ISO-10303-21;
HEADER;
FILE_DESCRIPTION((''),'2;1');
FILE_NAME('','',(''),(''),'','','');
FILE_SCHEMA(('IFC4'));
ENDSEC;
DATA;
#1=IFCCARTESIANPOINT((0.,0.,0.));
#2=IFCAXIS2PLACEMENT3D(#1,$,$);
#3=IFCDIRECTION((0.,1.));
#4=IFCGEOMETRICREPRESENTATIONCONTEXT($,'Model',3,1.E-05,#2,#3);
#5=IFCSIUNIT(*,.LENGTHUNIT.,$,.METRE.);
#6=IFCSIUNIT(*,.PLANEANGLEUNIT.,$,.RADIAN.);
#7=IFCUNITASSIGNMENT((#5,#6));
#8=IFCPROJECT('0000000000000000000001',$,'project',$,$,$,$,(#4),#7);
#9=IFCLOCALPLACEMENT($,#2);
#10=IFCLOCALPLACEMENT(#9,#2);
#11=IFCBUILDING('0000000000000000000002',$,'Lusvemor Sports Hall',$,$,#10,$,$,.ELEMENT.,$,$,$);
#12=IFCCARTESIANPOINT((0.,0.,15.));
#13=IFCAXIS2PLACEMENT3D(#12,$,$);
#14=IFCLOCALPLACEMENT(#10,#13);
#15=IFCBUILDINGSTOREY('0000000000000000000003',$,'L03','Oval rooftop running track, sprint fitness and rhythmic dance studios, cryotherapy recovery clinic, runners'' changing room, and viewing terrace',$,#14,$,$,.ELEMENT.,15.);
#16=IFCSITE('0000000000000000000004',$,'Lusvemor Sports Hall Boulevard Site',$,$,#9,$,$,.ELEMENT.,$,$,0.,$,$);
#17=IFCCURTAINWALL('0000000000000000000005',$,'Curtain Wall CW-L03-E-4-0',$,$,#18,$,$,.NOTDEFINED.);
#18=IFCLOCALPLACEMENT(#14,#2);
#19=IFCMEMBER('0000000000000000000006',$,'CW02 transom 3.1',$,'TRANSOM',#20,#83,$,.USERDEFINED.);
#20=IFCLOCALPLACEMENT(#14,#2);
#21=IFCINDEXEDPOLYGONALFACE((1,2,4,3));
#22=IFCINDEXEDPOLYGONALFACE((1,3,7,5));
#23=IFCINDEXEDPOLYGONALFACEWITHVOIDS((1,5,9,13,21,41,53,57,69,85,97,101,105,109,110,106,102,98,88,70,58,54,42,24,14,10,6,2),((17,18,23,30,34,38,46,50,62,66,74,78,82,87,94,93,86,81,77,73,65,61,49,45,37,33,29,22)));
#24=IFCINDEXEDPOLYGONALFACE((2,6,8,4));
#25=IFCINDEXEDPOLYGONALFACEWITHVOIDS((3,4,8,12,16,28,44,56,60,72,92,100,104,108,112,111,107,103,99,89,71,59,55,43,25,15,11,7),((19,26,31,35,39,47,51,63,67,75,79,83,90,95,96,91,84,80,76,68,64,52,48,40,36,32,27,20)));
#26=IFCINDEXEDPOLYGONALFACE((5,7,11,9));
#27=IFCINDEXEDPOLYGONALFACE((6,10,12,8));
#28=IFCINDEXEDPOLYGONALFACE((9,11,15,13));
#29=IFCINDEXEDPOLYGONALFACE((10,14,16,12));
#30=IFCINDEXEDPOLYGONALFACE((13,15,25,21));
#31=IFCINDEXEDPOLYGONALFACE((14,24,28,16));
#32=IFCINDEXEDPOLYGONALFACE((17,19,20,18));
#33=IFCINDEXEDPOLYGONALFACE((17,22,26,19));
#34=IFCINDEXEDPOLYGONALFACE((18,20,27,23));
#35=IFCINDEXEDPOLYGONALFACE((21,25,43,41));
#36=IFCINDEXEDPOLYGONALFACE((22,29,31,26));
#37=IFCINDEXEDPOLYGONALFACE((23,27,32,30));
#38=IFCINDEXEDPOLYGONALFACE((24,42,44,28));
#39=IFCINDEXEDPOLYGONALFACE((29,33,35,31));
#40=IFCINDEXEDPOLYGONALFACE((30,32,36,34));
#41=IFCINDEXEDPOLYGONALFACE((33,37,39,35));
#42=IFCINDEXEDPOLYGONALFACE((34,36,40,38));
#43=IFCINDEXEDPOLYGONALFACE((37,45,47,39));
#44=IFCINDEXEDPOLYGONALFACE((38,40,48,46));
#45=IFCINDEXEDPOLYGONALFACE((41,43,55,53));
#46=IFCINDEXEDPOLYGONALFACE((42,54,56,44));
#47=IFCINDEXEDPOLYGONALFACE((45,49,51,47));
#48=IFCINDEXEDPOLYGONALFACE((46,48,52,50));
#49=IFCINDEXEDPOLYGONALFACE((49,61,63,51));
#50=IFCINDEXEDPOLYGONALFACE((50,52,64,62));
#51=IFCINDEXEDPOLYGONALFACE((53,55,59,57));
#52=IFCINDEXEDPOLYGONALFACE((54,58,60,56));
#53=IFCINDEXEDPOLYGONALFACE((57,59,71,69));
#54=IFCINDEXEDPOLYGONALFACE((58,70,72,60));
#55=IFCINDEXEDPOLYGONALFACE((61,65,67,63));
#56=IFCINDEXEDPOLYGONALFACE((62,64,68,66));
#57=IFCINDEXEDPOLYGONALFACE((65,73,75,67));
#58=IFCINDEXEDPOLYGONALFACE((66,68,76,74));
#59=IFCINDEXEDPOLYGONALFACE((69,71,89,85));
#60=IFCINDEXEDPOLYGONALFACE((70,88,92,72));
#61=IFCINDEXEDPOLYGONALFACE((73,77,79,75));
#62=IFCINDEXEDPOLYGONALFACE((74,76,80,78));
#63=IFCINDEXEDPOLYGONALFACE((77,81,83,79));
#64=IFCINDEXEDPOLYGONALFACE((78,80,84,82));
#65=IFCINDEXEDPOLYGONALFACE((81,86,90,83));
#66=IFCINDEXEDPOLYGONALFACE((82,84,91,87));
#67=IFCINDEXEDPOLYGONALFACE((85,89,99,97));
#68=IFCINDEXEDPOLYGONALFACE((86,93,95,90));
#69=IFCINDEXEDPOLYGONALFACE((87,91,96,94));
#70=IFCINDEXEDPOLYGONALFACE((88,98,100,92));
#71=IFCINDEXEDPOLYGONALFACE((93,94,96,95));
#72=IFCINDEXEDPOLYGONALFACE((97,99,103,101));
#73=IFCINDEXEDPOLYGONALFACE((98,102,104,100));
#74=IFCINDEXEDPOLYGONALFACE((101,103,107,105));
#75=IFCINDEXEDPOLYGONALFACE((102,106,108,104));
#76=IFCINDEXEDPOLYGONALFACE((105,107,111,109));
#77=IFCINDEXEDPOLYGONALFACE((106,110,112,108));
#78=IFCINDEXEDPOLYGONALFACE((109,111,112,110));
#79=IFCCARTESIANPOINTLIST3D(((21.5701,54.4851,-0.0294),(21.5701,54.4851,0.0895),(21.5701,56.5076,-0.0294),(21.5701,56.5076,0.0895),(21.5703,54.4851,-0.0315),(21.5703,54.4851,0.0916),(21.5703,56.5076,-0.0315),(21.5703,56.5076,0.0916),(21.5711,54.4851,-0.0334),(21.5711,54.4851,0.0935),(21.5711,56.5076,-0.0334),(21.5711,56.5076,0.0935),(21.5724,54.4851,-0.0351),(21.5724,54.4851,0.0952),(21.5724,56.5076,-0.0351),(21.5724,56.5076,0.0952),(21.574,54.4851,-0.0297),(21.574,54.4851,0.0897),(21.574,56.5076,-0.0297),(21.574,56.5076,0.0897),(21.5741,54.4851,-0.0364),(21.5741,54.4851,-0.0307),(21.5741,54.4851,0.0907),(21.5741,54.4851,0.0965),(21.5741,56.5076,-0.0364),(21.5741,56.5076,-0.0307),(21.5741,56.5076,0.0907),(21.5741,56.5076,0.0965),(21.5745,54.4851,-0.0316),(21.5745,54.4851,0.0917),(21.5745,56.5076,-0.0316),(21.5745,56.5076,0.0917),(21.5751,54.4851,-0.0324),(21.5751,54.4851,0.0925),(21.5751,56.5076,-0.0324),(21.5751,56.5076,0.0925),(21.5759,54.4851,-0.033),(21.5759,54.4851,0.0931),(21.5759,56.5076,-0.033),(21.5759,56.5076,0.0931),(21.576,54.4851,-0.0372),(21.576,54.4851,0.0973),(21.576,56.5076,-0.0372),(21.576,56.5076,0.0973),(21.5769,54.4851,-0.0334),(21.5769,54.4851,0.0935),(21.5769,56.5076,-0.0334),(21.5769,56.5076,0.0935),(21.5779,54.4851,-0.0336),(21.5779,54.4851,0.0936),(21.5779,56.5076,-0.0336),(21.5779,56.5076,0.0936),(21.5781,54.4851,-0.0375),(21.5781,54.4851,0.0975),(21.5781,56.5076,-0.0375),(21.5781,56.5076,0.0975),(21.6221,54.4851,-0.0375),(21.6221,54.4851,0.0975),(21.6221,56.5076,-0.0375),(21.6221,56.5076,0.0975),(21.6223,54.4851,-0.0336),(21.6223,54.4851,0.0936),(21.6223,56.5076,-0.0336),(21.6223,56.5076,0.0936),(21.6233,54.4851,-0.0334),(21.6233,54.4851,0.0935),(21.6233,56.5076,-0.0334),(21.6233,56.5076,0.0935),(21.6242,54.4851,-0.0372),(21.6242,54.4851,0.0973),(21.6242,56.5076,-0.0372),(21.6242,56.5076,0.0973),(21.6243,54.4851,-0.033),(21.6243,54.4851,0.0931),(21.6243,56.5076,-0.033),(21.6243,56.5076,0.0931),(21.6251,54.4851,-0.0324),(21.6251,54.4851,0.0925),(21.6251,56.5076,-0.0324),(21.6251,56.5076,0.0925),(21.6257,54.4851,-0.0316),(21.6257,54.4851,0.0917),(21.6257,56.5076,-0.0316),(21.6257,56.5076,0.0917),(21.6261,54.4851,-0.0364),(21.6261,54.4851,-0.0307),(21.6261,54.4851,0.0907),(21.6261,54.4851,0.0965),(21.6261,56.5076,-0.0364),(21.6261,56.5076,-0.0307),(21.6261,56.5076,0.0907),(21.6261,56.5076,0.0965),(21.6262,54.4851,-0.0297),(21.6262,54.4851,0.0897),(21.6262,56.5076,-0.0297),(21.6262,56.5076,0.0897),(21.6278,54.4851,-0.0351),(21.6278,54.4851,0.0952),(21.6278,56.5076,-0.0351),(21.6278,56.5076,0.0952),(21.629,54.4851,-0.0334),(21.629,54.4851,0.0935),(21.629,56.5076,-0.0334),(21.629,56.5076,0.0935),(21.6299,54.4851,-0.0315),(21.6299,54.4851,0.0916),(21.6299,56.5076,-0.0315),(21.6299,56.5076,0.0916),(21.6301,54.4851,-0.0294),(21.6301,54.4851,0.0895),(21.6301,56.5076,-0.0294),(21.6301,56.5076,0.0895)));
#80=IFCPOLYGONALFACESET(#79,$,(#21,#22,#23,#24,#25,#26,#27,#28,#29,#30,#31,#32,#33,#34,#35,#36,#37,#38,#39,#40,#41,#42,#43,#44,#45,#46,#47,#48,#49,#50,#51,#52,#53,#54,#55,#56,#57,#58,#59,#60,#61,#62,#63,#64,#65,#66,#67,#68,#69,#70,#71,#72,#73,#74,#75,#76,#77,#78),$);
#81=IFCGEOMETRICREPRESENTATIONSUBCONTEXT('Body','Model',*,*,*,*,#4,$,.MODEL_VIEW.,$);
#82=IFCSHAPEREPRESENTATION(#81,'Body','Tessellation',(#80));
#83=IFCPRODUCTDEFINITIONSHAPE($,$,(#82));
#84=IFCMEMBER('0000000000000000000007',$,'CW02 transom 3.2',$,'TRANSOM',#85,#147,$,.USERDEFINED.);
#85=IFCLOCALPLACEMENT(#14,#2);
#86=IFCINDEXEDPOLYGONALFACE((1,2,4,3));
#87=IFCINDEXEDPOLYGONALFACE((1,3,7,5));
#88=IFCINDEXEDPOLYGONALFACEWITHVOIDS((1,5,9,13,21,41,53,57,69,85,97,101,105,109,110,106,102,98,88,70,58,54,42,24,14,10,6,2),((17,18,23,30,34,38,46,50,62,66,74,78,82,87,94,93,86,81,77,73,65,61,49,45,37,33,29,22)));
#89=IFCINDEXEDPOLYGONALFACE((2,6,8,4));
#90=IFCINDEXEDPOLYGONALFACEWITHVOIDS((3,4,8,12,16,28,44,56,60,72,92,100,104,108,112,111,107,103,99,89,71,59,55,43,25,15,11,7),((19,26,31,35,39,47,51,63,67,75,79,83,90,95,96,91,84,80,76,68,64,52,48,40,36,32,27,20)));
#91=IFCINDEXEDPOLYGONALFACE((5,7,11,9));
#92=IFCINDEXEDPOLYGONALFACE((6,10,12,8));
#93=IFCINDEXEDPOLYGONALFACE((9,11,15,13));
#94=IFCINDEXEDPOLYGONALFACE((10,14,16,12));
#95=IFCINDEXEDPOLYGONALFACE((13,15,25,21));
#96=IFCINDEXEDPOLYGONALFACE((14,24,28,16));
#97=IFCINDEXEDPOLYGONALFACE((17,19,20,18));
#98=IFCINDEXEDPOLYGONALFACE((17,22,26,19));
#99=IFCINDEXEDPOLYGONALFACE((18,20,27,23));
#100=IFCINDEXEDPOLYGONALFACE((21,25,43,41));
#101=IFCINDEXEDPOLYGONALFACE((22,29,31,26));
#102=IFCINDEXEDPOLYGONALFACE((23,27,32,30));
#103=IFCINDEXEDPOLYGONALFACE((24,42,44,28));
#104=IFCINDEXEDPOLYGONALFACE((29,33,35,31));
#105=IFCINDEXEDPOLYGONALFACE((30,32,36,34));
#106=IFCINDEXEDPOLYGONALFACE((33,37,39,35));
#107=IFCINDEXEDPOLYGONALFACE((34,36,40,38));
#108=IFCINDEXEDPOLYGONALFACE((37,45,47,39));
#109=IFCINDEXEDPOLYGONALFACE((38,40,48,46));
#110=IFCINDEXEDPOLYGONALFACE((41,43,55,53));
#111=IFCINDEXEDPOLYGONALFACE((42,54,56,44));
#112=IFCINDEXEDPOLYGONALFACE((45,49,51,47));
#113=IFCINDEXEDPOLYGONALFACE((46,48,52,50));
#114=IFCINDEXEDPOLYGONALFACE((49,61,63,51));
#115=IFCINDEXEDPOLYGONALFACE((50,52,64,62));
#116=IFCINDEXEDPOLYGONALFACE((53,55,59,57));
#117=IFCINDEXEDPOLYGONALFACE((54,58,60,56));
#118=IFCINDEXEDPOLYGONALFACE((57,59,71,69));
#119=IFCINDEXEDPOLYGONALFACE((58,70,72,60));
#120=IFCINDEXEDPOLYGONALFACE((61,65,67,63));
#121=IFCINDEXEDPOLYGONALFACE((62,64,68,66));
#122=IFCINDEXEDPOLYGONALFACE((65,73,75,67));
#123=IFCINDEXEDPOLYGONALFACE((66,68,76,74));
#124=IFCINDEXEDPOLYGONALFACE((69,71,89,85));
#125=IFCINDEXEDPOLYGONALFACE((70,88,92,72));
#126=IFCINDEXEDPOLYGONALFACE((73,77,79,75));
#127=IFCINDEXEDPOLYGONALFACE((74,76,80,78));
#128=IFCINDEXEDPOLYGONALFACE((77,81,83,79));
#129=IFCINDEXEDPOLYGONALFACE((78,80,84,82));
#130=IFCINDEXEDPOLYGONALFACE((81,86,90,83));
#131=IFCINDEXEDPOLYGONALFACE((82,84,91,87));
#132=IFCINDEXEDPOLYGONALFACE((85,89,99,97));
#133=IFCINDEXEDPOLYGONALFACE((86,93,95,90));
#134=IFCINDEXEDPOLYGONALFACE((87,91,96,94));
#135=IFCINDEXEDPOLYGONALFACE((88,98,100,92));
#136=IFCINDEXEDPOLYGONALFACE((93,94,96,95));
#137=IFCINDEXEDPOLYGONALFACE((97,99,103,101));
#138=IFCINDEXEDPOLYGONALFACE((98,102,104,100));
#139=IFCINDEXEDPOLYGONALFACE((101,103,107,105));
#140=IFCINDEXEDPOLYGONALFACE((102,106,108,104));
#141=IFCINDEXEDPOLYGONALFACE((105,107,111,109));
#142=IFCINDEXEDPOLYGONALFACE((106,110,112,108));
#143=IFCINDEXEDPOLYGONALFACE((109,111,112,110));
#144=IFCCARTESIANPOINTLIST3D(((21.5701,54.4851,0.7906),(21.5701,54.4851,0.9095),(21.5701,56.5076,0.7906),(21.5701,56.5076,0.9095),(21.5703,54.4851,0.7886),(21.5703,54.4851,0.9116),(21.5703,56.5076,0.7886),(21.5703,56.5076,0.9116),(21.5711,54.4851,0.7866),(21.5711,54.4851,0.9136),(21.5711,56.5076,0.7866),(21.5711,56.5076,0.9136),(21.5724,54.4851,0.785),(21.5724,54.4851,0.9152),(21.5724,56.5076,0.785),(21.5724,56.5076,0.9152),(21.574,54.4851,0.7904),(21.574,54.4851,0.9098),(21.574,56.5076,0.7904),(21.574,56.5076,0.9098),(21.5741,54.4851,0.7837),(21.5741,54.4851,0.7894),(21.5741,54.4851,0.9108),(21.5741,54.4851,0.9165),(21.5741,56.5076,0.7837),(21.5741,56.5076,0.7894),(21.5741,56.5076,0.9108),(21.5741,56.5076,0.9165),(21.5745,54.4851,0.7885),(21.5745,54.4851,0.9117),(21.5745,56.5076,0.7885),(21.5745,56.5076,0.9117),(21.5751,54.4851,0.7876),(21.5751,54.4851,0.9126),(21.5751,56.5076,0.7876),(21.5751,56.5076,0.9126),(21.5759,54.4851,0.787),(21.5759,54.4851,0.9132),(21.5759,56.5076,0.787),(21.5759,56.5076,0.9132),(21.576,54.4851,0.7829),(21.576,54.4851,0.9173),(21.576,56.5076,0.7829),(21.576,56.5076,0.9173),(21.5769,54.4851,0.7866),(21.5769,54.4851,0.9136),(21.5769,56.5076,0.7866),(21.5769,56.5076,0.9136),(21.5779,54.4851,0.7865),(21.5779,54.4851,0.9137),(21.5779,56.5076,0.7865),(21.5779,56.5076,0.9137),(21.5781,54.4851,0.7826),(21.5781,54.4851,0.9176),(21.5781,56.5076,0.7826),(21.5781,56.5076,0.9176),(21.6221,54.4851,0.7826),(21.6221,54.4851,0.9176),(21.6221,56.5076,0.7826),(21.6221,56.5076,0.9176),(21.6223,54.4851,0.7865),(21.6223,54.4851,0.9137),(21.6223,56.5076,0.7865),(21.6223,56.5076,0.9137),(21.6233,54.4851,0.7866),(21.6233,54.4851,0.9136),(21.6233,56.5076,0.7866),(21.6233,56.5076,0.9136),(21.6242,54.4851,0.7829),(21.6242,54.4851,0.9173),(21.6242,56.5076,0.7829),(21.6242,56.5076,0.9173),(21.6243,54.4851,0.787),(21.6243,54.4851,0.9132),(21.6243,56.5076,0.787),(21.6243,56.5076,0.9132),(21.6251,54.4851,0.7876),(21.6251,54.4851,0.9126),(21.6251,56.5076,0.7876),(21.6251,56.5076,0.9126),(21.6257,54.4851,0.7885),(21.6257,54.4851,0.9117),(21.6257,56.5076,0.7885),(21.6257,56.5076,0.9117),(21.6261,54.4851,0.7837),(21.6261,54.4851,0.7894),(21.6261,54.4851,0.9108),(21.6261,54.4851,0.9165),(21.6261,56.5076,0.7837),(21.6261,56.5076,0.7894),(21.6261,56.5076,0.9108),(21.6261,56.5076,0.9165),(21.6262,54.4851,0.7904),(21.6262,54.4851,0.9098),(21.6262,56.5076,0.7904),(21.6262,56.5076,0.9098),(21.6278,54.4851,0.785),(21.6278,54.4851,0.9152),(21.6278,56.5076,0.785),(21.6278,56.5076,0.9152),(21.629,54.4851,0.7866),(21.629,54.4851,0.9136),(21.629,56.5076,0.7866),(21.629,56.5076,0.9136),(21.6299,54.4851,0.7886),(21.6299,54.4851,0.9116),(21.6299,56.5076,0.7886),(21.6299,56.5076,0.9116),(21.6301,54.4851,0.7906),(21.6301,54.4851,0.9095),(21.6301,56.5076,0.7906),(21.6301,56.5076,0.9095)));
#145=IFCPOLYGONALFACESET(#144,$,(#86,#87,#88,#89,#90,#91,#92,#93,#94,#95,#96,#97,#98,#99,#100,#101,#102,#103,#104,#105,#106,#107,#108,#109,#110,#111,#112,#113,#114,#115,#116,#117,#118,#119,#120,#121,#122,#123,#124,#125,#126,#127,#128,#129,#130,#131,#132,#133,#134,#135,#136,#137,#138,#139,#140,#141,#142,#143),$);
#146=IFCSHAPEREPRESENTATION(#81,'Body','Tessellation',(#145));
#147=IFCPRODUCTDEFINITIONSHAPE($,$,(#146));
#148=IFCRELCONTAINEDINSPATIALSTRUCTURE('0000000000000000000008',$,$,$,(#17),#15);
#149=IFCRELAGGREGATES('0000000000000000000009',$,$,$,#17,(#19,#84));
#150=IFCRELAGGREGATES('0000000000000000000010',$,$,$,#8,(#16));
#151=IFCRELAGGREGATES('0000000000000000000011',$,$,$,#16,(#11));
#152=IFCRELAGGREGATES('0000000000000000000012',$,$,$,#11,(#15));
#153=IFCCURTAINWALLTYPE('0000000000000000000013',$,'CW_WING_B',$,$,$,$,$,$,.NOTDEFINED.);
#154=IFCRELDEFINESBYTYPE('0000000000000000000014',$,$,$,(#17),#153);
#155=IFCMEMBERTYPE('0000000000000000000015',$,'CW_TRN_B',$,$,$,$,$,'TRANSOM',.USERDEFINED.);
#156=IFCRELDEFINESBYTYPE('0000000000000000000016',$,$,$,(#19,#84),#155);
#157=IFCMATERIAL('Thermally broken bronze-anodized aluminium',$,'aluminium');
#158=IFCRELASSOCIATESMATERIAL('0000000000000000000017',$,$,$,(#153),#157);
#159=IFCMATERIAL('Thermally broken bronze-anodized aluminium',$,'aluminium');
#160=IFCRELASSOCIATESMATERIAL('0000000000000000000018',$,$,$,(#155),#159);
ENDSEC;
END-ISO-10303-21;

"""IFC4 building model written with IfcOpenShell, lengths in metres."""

from ifc_helpers import new_model, si_unit, direction, frame, origin, origin_2d, place, context, subcontext, project, spatial, hollow_rectangle, extrude, material, material_profile, profile_set, type_object, element, aggregate, save


model = new_model("IFC4")

# Units and contexts
model_context = context("Model", 3, precision=1e-05, world=origin(), true_north=direction((0.0, 1.0)))
body_context = subcontext(model_context, "Body", "Model", "MODEL_VIEW")
ifc_project = project(units=[si_unit("LENGTHUNIT", "METRE"), si_unit("PLANEANGLEUNIT", "RADIAN")], contexts=[model_context])

# Site, building, storey
site_placement = place(None, origin())
site = spatial("IfcSite", under=ifc_project, at=site_placement, Name="Lusvemor Sports Hall Boulevard Site", CompositionType="ELEMENT", RefElevation=0.0)
building_placement = place(site_placement, origin())
building = spatial("IfcBuilding", under=site, at=building_placement, Name="Lusvemor Sports Hall", CompositionType="ELEMENT")
storey_placement = place(building_placement, frame((0.0, 0.0, 15.0)))
storey = spatial("IfcBuildingStorey", under=building, at=storey_placement, Name="L03", Description="Oval rooftop running track, sprint fitness and rhythmic dance studios, cryotherapy recovery clinic, runners' changing room, and viewing terrace", CompositionType="ELEMENT", Elevation=15.0)

# Curtain wall, members
ifc_material_1 = material(Name="Thermally broken bronze-anodized aluminium", Category="aluminium")
curtain_wall_type = type_object("IfcCurtainWallType", Name="CW_WING_B", PredefinedType="NOTDEFINED", material=ifc_material_1)
curtain_wall_placement = place(storey_placement, origin())
curtain_wall = element("IfcCurtainWall", 1, at=curtain_wall_placement, inside=storey, type_object=curtain_wall_type, Name="Curtain Wall CW-L03-E-4-0", PredefinedType="NOTDEFINED")
ifc_material_2 = material(Name="Thermally broken bronze-anodized aluminium", Category="aluminium")
ifc_material_profile_1 = material_profile(ifc_material_2, hollow_rectangle(XDim=0.0601, YDim=0.135, WallThickness=0.0039, InnerFilletRadius=0.0039, OuterFilletRadius=0.0081, at=origin_2d()), Name="CWTRN135x60x4")
ifc_profile_set_1 = profile_set([ifc_material_profile_1], Name="Thermally broken bronze-anodized aluminium")
member_type_1 = type_object("IfcMemberType", Name="CW_TRN_B", ElementType="TRANSOM", PredefinedType="USERDEFINED", material=ifc_profile_set_1)
member_1_placement = place(storey_placement, frame((21.6001, 56.5076, 0.03), z_axis=(0.0, -1.0, 0.0), x_axis=(1.0, 0.0, 0.0)))
member_1 = element("IfcMember", 2, at=member_1_placement, type_object=member_type_1, Name="CW02 transom 3.1", ObjectType="TRANSOM", PredefinedType="USERDEFINED", context=body_context, shape_type="SweptSolid", body=[
    extrude(hollow_rectangle(XDim=0.0601, YDim=0.135, WallThickness=0.0039, InnerFilletRadius=0.0039, OuterFilletRadius=0.0081, at=origin_2d()), origin(), (0.0, 0.0, 1.0), 2.0225),
])
member_2_placement = place(storey_placement, frame((21.6001, 56.5076, 0.8501), z_axis=(0.0, -1.0, 0.0), x_axis=(1.0, 0.0, 0.0)))
member_2 = element("IfcMember", 3, at=member_2_placement, type_object=member_type_1, Name="CW02 transom 3.2", ObjectType="TRANSOM", PredefinedType="USERDEFINED", context=body_context, shape_type="SweptSolid", body=[
    extrude(hollow_rectangle(XDim=0.0601, YDim=0.135, WallThickness=0.0039, InnerFilletRadius=0.0039, OuterFilletRadius=0.0081, at=origin_2d()), origin(), (0.0, 0.0, 1.0), 2.0225),
])

aggregate(curtain_wall, [member_1, member_2])

save(model, "model.ifc")
